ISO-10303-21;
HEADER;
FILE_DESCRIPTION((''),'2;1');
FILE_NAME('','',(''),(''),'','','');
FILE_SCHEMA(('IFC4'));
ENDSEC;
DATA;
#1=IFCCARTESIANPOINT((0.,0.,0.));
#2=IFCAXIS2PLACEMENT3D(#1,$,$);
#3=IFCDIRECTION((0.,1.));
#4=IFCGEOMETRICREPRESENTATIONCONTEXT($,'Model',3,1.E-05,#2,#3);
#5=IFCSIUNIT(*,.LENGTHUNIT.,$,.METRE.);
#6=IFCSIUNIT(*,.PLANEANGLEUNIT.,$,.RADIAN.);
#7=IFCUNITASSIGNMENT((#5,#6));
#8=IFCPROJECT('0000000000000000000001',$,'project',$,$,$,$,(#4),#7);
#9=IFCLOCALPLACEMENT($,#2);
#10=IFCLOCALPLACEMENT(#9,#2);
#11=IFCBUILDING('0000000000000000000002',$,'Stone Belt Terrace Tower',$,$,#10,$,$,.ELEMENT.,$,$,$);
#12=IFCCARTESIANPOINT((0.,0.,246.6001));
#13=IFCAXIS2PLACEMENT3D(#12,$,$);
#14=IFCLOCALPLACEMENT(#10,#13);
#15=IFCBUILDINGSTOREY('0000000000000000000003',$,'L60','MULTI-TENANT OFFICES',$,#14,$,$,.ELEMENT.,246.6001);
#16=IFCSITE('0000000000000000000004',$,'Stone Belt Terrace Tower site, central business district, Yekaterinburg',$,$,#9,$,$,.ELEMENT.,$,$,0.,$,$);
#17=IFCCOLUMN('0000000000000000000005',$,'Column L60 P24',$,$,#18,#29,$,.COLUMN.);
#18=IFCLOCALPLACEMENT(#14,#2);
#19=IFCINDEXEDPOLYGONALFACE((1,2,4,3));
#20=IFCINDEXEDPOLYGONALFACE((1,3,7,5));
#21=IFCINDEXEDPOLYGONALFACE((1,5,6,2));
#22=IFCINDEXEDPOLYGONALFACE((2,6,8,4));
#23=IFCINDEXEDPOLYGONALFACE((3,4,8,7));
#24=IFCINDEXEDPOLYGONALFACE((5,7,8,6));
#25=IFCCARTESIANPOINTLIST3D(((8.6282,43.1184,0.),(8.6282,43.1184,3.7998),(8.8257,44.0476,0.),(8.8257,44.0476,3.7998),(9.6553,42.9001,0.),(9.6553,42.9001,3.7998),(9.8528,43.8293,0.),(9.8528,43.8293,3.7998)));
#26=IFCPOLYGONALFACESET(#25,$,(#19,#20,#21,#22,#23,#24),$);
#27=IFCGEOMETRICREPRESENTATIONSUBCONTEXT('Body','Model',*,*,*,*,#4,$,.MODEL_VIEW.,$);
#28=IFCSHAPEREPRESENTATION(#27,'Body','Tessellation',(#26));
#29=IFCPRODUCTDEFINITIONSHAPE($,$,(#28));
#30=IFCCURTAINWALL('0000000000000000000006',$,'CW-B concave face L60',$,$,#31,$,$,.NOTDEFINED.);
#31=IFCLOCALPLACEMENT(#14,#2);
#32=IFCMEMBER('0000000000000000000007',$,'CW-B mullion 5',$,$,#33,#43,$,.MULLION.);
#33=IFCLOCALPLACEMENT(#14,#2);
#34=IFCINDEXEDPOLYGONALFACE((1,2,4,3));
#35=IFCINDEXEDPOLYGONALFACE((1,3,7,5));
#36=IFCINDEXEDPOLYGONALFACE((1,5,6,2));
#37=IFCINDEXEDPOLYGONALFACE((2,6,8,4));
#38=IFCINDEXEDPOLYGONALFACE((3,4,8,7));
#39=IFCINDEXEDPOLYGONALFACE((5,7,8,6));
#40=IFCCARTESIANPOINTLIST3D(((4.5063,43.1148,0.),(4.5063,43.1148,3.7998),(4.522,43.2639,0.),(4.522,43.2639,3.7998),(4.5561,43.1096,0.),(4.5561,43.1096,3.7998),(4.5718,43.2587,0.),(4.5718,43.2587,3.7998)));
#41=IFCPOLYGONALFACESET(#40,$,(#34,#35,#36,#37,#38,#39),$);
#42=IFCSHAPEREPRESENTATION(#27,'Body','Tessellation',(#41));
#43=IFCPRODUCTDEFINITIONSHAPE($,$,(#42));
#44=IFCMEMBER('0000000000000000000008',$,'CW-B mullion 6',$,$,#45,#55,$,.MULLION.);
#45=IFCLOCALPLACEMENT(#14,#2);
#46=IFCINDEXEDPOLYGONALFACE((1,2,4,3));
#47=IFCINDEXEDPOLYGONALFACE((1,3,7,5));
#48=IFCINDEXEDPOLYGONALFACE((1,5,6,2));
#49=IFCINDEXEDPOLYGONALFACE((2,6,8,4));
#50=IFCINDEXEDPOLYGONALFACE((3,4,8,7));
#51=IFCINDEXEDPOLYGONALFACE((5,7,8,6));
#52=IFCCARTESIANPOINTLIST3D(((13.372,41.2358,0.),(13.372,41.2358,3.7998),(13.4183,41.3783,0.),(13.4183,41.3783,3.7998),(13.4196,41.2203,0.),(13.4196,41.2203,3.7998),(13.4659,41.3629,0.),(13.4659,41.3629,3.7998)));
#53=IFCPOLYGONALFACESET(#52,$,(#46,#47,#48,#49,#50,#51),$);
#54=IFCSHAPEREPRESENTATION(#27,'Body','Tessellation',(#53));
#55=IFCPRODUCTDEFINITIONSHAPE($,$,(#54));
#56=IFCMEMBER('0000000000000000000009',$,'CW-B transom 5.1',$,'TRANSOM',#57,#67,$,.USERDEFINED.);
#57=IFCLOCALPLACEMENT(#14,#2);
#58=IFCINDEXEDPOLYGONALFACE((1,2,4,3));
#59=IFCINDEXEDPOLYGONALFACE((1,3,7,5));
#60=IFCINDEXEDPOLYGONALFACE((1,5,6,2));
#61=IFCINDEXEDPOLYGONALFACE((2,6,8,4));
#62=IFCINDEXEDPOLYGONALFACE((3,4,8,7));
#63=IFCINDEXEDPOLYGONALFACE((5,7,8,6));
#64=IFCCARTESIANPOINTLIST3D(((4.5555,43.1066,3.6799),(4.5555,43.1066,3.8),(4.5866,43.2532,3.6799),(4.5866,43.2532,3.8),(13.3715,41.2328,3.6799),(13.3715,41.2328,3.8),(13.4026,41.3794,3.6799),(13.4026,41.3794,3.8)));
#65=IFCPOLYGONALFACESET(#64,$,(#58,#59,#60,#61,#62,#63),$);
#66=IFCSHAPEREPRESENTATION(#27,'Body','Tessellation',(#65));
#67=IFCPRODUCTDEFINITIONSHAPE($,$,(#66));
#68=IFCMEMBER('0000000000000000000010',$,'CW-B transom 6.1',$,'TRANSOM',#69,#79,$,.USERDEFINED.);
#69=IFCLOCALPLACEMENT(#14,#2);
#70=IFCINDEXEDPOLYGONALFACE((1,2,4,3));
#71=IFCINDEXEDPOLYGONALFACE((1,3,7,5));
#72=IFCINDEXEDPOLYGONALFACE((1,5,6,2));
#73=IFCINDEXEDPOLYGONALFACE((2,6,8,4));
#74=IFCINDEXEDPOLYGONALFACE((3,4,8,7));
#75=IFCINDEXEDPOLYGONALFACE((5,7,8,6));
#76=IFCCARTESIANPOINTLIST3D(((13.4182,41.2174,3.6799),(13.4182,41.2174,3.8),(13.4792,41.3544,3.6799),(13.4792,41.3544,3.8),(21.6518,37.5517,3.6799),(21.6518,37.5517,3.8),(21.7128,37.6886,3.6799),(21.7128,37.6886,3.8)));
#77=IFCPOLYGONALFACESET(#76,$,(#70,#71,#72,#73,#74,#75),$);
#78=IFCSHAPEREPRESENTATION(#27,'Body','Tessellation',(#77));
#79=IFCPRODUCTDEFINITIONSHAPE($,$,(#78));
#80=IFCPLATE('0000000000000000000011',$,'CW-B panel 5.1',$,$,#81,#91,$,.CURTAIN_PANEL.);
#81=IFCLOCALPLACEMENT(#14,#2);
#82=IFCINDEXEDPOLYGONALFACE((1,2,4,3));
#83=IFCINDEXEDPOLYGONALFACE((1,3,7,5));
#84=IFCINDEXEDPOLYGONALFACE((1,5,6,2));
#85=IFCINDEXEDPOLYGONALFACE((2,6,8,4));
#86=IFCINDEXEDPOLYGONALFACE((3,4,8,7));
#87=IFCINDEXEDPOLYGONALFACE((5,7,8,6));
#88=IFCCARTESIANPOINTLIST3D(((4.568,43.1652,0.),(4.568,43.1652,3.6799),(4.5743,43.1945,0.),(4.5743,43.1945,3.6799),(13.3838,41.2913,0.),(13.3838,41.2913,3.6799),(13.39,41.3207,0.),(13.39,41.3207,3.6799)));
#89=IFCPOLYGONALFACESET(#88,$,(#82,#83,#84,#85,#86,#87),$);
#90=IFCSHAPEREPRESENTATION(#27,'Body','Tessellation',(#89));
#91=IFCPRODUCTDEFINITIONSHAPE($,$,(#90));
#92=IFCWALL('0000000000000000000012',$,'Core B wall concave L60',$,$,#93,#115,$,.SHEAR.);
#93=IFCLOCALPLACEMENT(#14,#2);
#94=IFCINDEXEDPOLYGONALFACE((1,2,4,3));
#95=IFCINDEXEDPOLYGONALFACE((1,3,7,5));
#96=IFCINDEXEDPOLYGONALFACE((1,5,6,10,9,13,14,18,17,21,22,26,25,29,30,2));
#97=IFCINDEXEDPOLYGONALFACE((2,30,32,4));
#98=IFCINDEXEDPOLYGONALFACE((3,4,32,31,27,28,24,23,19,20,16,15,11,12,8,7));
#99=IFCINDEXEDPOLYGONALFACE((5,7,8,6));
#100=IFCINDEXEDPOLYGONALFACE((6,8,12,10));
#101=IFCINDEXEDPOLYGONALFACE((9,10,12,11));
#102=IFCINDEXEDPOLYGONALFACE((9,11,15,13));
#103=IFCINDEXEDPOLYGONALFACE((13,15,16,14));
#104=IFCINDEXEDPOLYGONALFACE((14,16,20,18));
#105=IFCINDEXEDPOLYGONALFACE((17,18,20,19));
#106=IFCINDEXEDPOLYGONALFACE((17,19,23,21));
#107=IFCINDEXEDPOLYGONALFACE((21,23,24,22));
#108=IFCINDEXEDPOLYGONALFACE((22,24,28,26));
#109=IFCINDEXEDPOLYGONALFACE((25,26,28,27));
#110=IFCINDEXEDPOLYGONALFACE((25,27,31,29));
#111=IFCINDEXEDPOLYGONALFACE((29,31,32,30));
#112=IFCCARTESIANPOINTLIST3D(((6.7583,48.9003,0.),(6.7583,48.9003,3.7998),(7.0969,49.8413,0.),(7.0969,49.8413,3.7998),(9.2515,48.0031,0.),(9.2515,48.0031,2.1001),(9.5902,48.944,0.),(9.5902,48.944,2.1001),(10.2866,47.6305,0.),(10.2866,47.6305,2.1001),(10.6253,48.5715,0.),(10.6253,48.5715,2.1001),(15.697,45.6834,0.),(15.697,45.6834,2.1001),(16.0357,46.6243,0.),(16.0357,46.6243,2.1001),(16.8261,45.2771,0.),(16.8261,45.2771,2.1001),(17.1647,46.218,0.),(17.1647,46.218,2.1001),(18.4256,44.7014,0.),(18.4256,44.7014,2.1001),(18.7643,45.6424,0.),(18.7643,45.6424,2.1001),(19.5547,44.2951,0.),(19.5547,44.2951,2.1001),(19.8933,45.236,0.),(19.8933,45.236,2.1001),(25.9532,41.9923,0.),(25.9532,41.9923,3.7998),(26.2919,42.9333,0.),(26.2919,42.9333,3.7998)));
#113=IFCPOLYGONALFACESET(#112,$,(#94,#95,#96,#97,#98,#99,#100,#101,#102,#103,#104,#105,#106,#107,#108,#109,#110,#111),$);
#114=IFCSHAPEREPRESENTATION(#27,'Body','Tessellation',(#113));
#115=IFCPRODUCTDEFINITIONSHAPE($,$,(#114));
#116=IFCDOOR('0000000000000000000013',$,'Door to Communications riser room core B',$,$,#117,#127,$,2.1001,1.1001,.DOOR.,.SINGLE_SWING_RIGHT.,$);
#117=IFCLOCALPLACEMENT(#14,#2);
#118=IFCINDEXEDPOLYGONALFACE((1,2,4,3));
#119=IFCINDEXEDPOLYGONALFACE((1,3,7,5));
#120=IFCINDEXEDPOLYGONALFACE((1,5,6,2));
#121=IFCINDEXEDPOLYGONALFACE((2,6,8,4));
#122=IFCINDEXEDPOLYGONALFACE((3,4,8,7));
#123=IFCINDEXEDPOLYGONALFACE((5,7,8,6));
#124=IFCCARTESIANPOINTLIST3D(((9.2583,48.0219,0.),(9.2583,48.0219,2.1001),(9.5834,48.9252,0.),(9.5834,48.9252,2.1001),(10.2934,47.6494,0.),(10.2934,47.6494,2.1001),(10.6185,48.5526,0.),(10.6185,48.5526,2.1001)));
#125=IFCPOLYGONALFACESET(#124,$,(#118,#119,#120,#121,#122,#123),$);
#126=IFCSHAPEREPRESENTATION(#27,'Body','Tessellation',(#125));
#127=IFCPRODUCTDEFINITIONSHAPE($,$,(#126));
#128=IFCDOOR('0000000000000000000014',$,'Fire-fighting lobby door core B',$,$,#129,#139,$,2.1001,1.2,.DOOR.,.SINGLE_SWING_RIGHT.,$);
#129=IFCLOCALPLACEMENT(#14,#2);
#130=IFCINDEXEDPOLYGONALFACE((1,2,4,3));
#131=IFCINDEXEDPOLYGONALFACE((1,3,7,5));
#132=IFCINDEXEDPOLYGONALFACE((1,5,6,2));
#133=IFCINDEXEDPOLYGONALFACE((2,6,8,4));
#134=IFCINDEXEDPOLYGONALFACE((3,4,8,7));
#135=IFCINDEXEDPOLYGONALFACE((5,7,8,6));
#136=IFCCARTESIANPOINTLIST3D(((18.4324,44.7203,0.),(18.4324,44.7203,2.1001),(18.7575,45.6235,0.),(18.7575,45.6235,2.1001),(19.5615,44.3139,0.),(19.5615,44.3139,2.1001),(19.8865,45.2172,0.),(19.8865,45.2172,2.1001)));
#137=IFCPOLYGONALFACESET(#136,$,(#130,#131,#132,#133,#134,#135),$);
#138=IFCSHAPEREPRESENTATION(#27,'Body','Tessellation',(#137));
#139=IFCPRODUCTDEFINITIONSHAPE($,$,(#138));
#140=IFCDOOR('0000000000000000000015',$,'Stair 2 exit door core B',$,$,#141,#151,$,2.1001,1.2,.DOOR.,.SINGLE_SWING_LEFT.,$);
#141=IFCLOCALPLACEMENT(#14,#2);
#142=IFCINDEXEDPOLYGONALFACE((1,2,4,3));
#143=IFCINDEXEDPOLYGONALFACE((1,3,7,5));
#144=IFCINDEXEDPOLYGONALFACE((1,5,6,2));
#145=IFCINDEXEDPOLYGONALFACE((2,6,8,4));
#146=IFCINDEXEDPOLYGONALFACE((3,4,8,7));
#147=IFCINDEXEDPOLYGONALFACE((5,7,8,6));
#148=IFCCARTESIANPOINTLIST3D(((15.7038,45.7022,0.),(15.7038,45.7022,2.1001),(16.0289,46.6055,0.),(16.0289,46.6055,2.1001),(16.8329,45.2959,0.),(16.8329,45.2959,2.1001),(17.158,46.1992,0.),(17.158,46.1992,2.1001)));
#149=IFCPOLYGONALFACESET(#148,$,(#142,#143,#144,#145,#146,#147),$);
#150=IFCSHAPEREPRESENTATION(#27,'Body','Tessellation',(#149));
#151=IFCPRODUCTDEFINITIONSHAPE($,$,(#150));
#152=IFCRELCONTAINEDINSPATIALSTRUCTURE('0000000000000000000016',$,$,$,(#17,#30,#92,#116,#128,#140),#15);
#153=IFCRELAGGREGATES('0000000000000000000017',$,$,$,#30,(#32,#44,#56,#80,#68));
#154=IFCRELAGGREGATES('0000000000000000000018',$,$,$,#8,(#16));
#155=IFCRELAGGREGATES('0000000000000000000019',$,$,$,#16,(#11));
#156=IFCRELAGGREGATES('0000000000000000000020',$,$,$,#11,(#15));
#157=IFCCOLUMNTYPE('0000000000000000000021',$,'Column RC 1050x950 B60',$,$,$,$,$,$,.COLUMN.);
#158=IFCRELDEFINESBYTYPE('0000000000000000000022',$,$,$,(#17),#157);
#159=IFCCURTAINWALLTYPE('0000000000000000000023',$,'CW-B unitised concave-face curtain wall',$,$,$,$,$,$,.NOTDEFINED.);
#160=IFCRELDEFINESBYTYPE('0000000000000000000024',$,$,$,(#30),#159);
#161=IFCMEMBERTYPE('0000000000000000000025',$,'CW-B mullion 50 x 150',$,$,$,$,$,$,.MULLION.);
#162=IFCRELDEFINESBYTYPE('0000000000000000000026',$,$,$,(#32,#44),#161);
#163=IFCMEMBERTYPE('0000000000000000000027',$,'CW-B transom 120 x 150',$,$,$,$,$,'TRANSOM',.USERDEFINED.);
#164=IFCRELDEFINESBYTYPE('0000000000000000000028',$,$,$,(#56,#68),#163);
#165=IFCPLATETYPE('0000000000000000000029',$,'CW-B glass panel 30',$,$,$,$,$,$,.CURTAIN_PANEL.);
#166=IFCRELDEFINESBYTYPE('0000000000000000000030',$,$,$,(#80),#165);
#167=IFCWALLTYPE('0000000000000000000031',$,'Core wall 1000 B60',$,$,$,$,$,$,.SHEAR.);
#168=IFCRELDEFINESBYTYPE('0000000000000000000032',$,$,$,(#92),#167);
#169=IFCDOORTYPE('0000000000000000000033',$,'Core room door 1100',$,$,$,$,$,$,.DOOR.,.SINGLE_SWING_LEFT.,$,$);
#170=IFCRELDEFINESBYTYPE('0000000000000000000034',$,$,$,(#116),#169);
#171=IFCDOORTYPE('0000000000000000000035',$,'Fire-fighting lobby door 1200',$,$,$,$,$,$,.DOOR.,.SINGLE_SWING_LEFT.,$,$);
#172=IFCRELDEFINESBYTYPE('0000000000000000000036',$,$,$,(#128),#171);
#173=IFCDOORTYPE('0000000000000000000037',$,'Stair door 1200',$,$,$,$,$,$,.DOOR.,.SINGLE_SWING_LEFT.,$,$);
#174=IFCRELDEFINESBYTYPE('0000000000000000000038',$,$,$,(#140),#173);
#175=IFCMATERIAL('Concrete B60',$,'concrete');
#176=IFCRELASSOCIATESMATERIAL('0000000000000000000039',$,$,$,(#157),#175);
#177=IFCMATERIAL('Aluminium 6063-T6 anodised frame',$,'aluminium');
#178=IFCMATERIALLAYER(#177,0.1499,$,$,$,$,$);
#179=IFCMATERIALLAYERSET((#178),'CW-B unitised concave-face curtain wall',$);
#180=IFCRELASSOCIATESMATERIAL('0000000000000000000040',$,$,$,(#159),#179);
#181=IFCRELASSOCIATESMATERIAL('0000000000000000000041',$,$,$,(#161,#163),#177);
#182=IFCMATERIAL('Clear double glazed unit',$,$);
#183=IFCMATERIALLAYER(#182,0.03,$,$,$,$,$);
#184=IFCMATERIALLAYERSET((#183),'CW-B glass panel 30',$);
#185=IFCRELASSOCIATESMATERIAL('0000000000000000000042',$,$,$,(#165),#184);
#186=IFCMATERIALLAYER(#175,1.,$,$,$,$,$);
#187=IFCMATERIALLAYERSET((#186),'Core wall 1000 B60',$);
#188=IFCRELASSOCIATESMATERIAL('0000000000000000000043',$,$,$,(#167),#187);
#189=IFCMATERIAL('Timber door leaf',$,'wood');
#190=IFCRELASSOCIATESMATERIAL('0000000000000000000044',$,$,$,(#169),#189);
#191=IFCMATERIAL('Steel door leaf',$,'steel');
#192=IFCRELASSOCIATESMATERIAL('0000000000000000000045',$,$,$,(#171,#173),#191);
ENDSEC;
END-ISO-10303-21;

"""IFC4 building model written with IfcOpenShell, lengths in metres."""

from ifc_helpers import new_model, si_unit, direction, frame, frame_2d, origin, origin_2d, place, context, subcontext, project, spatial, rectangle, extrude, material, layer, layer_set, material_profile, profile_set, type_object, element, fill, aggregate, save


model = new_model("IFC4")

# Units and contexts
model_context = context("Model", 3, precision=1e-05, world=origin(), true_north=direction((0.0, 1.0)))
body_context = subcontext(model_context, "Body", "Model", "MODEL_VIEW")
ifc_project = project(units=[si_unit("LENGTHUNIT", "METRE"), si_unit("PLANEANGLEUNIT", "RADIAN")], contexts=[model_context])

# Site, building, storey
site_placement = place(None, origin())
site = spatial("IfcSite", under=ifc_project, at=site_placement, Name="Stone Belt Terrace Tower site, central business district, Yekaterinburg", CompositionType="ELEMENT", RefElevation=0.0)
building_placement = place(site_placement, origin())
building = spatial("IfcBuilding", under=site, at=building_placement, Name="Stone Belt Terrace Tower", CompositionType="ELEMENT")
storey_placement = place(building_placement, frame((0.0, 0.0, 246.6001)))
storey = spatial("IfcBuildingStorey", under=building, at=storey_placement, Name="L60", Description="MULTI-TENANT OFFICES", CompositionType="ELEMENT", Elevation=246.6001)

# Column
ifc_material_1 = material(Name="Concrete B60", Category="concrete")
ifc_material_profile_1 = material_profile(ifc_material_1, rectangle(XDim=1.05, YDim=0.95, at=origin_2d()), Name="RC 1050x950")
ifc_profile_set_1 = profile_set([ifc_material_profile_1], Name="Concrete B60")
column_type = type_object("IfcColumnType", Name="Column RC 1050x950 B60", PredefinedType="COLUMN", material=ifc_profile_set_1)
column_placement = place(storey_placement, frame((9.2405, 43.4739, 0.0), z_axis=(0.0, 0.0, 1.0), x_axis=(0.978148, -0.207912, 0.0)))
element("IfcColumn", 1, at=column_placement, inside=storey, type_object=column_type, Name="Column L60 P24", PredefinedType="COLUMN", context=body_context, shape_type="SweptSolid", body=[
    extrude(rectangle(XDim=1.05, YDim=0.95, at=origin_2d()), origin(), (0.0, 0.0, 1.0), 3.7998),
])

# Curtain wall, members, plate
ifc_material_2 = material(Name="Aluminium 6063-T6 anodised frame", Category="aluminium")
ifc_layer_1 = layer(ifc_material_2, 0.1499)
ifc_layer_set_1 = layer_set([ifc_layer_1], Name="CW-B unitised concave-face curtain wall")
curtain_wall_type = type_object("IfcCurtainWallType", Name="CW-B unitised concave-face curtain wall", PredefinedType="NOTDEFINED", material=ifc_layer_set_1)
curtain_wall_placement = place(storey_placement, origin())
curtain_wall = element("IfcCurtainWall", 2, at=curtain_wall_placement, inside=storey, type_object=curtain_wall_type, Name="CW-B concave face L60", PredefinedType="NOTDEFINED")
ifc_material_profile_2 = material_profile(ifc_material_2, rectangle(XDim=0.1499, YDim=0.05, at=origin_2d()), Name="Aluminium 6063-T6 50x150")
ifc_profile_set_2 = profile_set([ifc_material_profile_2], Name="Aluminium 6063-T6 anodised frame")
member_type_1 = type_object("IfcMemberType", Name="CW-B mullion 50 x 150", PredefinedType="MULLION", material=ifc_profile_set_2)
member_1_placement = place(storey_placement, frame((4.5391, 43.1868, 0.0), z_axis=(0.0, 0.0, 1.0), x_axis=(0.104528, 0.994522, 0.0)))
member_1 = element("IfcMember", 3, at=member_1_placement, type_object=member_type_1, Name="CW-B mullion 5", PredefinedType="MULLION", context=body_context, shape_type="SweptSolid", body=[
    extrude(rectangle(XDim=0.1499, YDim=0.05, at=origin_2d()), origin(), (0.0, 0.0, 1.0), 3.7998),
])
member_2_placement = place(storey_placement, frame((13.4189, 41.2993, 0.0), z_axis=(0.0, 0.0, 1.0), x_axis=(0.309017, 0.951057, 0.0)))
member_2 = element("IfcMember", 4, at=member_2_placement, type_object=member_type_1, Name="CW-B mullion 6", PredefinedType="MULLION", context=body_context, shape_type="SweptSolid", body=[
    extrude(rectangle(XDim=0.1499, YDim=0.05, at=origin_2d()), origin(), (0.0, 0.0, 1.0), 3.7998),
])
ifc_material_profile_3 = material_profile(ifc_material_2, rectangle(XDim=0.1499, YDim=0.1201, at=origin_2d()), Name="Aluminium 6063-T6 150x120")
ifc_profile_set_3 = profile_set([ifc_material_profile_3], Name="Aluminium 6063-T6 anodised frame")
member_type_2 = type_object("IfcMemberType", Name="CW-B transom 120 x 150", ElementType="TRANSOM", PredefinedType="USERDEFINED", material=ifc_profile_set_3)
member_3_placement = place(storey_placement, frame((4.571, 43.1799, 3.74), z_axis=(0.97815, -0.207901, 0.0), x_axis=(0.207901, 0.97815, 0.0)))
member_3 = element("IfcMember", 5, at=member_3_placement, type_object=member_type_2, Name="CW-B transom 5.1", ObjectType="TRANSOM", PredefinedType="USERDEFINED", context=body_context, shape_type="SweptSolid", body=[
    extrude(rectangle(XDim=0.1499, YDim=0.1201, at=origin_2d()), origin(), (0.0, 0.0, 1.0), 9.0129),
])
member_4_placement = place(storey_placement, frame((13.4487, 41.2859, 3.74), z_axis=(0.913549, -0.406729, 0.0), x_axis=(0.406729, 0.913549, 0.0)))
member_4 = element("IfcMember", 6, at=member_4_placement, type_object=member_type_2, Name="CW-B transom 6.1", ObjectType="TRANSOM", PredefinedType="USERDEFINED", context=body_context, shape_type="SweptSolid", body=[
    extrude(rectangle(XDim=0.1499, YDim=0.1201, at=origin_2d()), origin(), (0.0, 0.0, 1.0), 9.0127),
])
ifc_material_3 = material(Name="Clear double glazed unit")
ifc_layer_2 = layer(ifc_material_3, 0.03)
ifc_layer_set_2 = layer_set([ifc_layer_2], Name="CW-B glass panel 30")
plate_type = type_object("IfcPlateType", Name="CW-B glass panel 30", PredefinedType="CURTAIN_PANEL", material=ifc_layer_set_2)
plate_placement = place(storey_placement, frame((8.979, 42.2429, 0.0), z_axis=(0.0, 0.0, 1.0), x_axis=(0.978148, -0.207912, 0.0)))
plate = element("IfcPlate", 7, at=plate_placement, type_object=plate_type, Name="CW-B panel 5.1", PredefinedType="CURTAIN_PANEL", context=body_context, shape_type="SweptSolid", body=[
    extrude(rectangle(XDim=9.0127, YDim=0.03, at=origin_2d()), origin(), (0.0, 0.0, 1.0), 3.6799),
])
aggregate(curtain_wall, [member_1, member_2, member_3, plate, member_4])

# Wall, openings, doors
ifc_layer_3 = layer(ifc_material_1, 1.0)
ifc_layer_set_3 = layer_set([ifc_layer_3], Name="Core wall 1000 B60")
wall_type_1 = type_object("IfcWallType", Name="Core wall 1000 B60", PredefinedType="SHEAR", material=ifc_layer_set_3)
wall_1_placement = place(storey_placement, frame((6.9275, 49.3708, 0.0), z_axis=(0.0, 0.0, 1.0), x_axis=(0.940921, -0.338625, 0.0)))
wall_1 = element("IfcWall", 8, at=wall_1_placement, inside=storey, type_object=wall_type_1, Name="Core B wall concave L60", PredefinedType="SHEAR", context=body_context, shape_type="SweptSolid", body=[
    extrude(rectangle(XDim=20.4001, YDim=1.0, at=frame_2d((10.2002, 0.0))), origin(), (0.0, 0.0, 1.0), 3.7998),
])
opening_1_placement = place(wall_1_placement, frame((12.3999, 0.0, 0.0)))
opening_1 = element("IfcOpeningElement", 9, at=opening_1_placement, cuts=wall_1, PredefinedType="OPENING", context=body_context, shape_type="SweptSolid", body=[
    extrude(rectangle(XDim=1.2, YDim=2.1001, at=frame_2d((0.6001, 1.05))), frame((0.0, 0.51, 0.0), z_axis=(0.0, -1.0, 0.0), x_axis=(1.0, 0.0, 0.0)), (0.0, 0.0, 1.0), 1.02),
])
opening_2_placement = place(wall_1_placement, frame((9.5, 0.0, 0.0)))
opening_2 = element("IfcOpeningElement", 10, at=opening_2_placement, cuts=wall_1, PredefinedType="OPENING", context=body_context, shape_type="SweptSolid", body=[
    extrude(rectangle(XDim=1.2, YDim=2.1001, at=frame_2d((0.6001, 1.05))), frame((0.0, 0.51, 0.0), z_axis=(0.0, -1.0, 0.0), x_axis=(1.0, 0.0, 0.0)), (0.0, 0.0, 1.0), 1.02),
])
opening_3_placement = place(wall_1_placement, frame((2.6499, 0.0, 0.0)))
opening_3 = element("IfcOpeningElement", 11, at=opening_3_placement, cuts=wall_1, PredefinedType="OPENING", context=body_context, shape_type="SweptSolid", body=[
    extrude(rectangle(XDim=1.1001, YDim=2.1001, at=frame_2d((0.55, 1.05))), frame((0.0, 0.51, 0.0), z_axis=(0.0, -1.0, 0.0), x_axis=(1.0, 0.0, 0.0)), (0.0, 0.0, 1.0), 1.02),
])
ifc_material_4 = material(Name="Timber door leaf", Category="wood")
door_type_1 = type_object("IfcDoorType", Name="Core room door 1100", OperationType="SINGLE_SWING_LEFT", PredefinedType="DOOR", material=ifc_material_4)
door_1_placement = place(opening_3_placement, origin())
door_1 = element("IfcDoor", 12, at=door_1_placement, inside=storey, type_object=door_type_1, Name="Door to Communications riser room core B", OperationType="SINGLE_SWING_RIGHT", OverallHeight=2.1001, OverallWidth=1.1001, PredefinedType="DOOR", context=body_context, shape_type="SweptSolid", body=[
    extrude(rectangle(XDim=1.1001, YDim=2.1001, at=frame_2d((0.55, 1.05))), frame((0.0, 0.48, 0.0), z_axis=(0.0, -1.0, 0.0), x_axis=(1.0, 0.0, 0.0)), (0.0, 0.0, 1.0), 0.96),
])
fill(opening_3, door_1)
ifc_material_5 = material(Name="Steel door leaf", Category="steel")
door_type_2 = type_object("IfcDoorType", Name="Fire-fighting lobby door 1200", OperationType="SINGLE_SWING_LEFT", PredefinedType="DOOR", material=ifc_material_5)
door_2_placement = place(opening_1_placement, origin())
door_2 = element("IfcDoor", 13, at=door_2_placement, inside=storey, type_object=door_type_2, Name="Fire-fighting lobby door core B", OperationType="SINGLE_SWING_RIGHT", OverallHeight=2.1001, OverallWidth=1.2, PredefinedType="DOOR", context=body_context, shape_type="SweptSolid", body=[
    extrude(rectangle(XDim=1.2, YDim=2.1001, at=frame_2d((0.6001, 1.05))), frame((0.0, 0.48, 0.0), z_axis=(0.0, -1.0, 0.0), x_axis=(1.0, 0.0, 0.0)), (0.0, 0.0, 1.0), 0.96),
])
fill(opening_1, door_2)
door_type_3 = type_object("IfcDoorType", Name="Stair door 1200", OperationType="SINGLE_SWING_LEFT", PredefinedType="DOOR", material=ifc_material_5)
door_3_placement = place(opening_2_placement, origin())
door_3 = element("IfcDoor", 14, at=door_3_placement, inside=storey, type_object=door_type_3, Name="Stair 2 exit door core B", OperationType="SINGLE_SWING_LEFT", OverallHeight=2.1001, OverallWidth=1.2, PredefinedType="DOOR", context=body_context, shape_type="SweptSolid", body=[
    extrude(rectangle(XDim=1.2, YDim=2.1001, at=frame_2d((0.6001, 1.05))), frame((0.0, 0.48, 0.0), z_axis=(0.0, -1.0, 0.0), x_axis=(1.0, 0.0, 0.0)), (0.0, 0.0, 1.0), 0.96),
])
fill(opening_2, door_3)

save(model, "model.ifc")
